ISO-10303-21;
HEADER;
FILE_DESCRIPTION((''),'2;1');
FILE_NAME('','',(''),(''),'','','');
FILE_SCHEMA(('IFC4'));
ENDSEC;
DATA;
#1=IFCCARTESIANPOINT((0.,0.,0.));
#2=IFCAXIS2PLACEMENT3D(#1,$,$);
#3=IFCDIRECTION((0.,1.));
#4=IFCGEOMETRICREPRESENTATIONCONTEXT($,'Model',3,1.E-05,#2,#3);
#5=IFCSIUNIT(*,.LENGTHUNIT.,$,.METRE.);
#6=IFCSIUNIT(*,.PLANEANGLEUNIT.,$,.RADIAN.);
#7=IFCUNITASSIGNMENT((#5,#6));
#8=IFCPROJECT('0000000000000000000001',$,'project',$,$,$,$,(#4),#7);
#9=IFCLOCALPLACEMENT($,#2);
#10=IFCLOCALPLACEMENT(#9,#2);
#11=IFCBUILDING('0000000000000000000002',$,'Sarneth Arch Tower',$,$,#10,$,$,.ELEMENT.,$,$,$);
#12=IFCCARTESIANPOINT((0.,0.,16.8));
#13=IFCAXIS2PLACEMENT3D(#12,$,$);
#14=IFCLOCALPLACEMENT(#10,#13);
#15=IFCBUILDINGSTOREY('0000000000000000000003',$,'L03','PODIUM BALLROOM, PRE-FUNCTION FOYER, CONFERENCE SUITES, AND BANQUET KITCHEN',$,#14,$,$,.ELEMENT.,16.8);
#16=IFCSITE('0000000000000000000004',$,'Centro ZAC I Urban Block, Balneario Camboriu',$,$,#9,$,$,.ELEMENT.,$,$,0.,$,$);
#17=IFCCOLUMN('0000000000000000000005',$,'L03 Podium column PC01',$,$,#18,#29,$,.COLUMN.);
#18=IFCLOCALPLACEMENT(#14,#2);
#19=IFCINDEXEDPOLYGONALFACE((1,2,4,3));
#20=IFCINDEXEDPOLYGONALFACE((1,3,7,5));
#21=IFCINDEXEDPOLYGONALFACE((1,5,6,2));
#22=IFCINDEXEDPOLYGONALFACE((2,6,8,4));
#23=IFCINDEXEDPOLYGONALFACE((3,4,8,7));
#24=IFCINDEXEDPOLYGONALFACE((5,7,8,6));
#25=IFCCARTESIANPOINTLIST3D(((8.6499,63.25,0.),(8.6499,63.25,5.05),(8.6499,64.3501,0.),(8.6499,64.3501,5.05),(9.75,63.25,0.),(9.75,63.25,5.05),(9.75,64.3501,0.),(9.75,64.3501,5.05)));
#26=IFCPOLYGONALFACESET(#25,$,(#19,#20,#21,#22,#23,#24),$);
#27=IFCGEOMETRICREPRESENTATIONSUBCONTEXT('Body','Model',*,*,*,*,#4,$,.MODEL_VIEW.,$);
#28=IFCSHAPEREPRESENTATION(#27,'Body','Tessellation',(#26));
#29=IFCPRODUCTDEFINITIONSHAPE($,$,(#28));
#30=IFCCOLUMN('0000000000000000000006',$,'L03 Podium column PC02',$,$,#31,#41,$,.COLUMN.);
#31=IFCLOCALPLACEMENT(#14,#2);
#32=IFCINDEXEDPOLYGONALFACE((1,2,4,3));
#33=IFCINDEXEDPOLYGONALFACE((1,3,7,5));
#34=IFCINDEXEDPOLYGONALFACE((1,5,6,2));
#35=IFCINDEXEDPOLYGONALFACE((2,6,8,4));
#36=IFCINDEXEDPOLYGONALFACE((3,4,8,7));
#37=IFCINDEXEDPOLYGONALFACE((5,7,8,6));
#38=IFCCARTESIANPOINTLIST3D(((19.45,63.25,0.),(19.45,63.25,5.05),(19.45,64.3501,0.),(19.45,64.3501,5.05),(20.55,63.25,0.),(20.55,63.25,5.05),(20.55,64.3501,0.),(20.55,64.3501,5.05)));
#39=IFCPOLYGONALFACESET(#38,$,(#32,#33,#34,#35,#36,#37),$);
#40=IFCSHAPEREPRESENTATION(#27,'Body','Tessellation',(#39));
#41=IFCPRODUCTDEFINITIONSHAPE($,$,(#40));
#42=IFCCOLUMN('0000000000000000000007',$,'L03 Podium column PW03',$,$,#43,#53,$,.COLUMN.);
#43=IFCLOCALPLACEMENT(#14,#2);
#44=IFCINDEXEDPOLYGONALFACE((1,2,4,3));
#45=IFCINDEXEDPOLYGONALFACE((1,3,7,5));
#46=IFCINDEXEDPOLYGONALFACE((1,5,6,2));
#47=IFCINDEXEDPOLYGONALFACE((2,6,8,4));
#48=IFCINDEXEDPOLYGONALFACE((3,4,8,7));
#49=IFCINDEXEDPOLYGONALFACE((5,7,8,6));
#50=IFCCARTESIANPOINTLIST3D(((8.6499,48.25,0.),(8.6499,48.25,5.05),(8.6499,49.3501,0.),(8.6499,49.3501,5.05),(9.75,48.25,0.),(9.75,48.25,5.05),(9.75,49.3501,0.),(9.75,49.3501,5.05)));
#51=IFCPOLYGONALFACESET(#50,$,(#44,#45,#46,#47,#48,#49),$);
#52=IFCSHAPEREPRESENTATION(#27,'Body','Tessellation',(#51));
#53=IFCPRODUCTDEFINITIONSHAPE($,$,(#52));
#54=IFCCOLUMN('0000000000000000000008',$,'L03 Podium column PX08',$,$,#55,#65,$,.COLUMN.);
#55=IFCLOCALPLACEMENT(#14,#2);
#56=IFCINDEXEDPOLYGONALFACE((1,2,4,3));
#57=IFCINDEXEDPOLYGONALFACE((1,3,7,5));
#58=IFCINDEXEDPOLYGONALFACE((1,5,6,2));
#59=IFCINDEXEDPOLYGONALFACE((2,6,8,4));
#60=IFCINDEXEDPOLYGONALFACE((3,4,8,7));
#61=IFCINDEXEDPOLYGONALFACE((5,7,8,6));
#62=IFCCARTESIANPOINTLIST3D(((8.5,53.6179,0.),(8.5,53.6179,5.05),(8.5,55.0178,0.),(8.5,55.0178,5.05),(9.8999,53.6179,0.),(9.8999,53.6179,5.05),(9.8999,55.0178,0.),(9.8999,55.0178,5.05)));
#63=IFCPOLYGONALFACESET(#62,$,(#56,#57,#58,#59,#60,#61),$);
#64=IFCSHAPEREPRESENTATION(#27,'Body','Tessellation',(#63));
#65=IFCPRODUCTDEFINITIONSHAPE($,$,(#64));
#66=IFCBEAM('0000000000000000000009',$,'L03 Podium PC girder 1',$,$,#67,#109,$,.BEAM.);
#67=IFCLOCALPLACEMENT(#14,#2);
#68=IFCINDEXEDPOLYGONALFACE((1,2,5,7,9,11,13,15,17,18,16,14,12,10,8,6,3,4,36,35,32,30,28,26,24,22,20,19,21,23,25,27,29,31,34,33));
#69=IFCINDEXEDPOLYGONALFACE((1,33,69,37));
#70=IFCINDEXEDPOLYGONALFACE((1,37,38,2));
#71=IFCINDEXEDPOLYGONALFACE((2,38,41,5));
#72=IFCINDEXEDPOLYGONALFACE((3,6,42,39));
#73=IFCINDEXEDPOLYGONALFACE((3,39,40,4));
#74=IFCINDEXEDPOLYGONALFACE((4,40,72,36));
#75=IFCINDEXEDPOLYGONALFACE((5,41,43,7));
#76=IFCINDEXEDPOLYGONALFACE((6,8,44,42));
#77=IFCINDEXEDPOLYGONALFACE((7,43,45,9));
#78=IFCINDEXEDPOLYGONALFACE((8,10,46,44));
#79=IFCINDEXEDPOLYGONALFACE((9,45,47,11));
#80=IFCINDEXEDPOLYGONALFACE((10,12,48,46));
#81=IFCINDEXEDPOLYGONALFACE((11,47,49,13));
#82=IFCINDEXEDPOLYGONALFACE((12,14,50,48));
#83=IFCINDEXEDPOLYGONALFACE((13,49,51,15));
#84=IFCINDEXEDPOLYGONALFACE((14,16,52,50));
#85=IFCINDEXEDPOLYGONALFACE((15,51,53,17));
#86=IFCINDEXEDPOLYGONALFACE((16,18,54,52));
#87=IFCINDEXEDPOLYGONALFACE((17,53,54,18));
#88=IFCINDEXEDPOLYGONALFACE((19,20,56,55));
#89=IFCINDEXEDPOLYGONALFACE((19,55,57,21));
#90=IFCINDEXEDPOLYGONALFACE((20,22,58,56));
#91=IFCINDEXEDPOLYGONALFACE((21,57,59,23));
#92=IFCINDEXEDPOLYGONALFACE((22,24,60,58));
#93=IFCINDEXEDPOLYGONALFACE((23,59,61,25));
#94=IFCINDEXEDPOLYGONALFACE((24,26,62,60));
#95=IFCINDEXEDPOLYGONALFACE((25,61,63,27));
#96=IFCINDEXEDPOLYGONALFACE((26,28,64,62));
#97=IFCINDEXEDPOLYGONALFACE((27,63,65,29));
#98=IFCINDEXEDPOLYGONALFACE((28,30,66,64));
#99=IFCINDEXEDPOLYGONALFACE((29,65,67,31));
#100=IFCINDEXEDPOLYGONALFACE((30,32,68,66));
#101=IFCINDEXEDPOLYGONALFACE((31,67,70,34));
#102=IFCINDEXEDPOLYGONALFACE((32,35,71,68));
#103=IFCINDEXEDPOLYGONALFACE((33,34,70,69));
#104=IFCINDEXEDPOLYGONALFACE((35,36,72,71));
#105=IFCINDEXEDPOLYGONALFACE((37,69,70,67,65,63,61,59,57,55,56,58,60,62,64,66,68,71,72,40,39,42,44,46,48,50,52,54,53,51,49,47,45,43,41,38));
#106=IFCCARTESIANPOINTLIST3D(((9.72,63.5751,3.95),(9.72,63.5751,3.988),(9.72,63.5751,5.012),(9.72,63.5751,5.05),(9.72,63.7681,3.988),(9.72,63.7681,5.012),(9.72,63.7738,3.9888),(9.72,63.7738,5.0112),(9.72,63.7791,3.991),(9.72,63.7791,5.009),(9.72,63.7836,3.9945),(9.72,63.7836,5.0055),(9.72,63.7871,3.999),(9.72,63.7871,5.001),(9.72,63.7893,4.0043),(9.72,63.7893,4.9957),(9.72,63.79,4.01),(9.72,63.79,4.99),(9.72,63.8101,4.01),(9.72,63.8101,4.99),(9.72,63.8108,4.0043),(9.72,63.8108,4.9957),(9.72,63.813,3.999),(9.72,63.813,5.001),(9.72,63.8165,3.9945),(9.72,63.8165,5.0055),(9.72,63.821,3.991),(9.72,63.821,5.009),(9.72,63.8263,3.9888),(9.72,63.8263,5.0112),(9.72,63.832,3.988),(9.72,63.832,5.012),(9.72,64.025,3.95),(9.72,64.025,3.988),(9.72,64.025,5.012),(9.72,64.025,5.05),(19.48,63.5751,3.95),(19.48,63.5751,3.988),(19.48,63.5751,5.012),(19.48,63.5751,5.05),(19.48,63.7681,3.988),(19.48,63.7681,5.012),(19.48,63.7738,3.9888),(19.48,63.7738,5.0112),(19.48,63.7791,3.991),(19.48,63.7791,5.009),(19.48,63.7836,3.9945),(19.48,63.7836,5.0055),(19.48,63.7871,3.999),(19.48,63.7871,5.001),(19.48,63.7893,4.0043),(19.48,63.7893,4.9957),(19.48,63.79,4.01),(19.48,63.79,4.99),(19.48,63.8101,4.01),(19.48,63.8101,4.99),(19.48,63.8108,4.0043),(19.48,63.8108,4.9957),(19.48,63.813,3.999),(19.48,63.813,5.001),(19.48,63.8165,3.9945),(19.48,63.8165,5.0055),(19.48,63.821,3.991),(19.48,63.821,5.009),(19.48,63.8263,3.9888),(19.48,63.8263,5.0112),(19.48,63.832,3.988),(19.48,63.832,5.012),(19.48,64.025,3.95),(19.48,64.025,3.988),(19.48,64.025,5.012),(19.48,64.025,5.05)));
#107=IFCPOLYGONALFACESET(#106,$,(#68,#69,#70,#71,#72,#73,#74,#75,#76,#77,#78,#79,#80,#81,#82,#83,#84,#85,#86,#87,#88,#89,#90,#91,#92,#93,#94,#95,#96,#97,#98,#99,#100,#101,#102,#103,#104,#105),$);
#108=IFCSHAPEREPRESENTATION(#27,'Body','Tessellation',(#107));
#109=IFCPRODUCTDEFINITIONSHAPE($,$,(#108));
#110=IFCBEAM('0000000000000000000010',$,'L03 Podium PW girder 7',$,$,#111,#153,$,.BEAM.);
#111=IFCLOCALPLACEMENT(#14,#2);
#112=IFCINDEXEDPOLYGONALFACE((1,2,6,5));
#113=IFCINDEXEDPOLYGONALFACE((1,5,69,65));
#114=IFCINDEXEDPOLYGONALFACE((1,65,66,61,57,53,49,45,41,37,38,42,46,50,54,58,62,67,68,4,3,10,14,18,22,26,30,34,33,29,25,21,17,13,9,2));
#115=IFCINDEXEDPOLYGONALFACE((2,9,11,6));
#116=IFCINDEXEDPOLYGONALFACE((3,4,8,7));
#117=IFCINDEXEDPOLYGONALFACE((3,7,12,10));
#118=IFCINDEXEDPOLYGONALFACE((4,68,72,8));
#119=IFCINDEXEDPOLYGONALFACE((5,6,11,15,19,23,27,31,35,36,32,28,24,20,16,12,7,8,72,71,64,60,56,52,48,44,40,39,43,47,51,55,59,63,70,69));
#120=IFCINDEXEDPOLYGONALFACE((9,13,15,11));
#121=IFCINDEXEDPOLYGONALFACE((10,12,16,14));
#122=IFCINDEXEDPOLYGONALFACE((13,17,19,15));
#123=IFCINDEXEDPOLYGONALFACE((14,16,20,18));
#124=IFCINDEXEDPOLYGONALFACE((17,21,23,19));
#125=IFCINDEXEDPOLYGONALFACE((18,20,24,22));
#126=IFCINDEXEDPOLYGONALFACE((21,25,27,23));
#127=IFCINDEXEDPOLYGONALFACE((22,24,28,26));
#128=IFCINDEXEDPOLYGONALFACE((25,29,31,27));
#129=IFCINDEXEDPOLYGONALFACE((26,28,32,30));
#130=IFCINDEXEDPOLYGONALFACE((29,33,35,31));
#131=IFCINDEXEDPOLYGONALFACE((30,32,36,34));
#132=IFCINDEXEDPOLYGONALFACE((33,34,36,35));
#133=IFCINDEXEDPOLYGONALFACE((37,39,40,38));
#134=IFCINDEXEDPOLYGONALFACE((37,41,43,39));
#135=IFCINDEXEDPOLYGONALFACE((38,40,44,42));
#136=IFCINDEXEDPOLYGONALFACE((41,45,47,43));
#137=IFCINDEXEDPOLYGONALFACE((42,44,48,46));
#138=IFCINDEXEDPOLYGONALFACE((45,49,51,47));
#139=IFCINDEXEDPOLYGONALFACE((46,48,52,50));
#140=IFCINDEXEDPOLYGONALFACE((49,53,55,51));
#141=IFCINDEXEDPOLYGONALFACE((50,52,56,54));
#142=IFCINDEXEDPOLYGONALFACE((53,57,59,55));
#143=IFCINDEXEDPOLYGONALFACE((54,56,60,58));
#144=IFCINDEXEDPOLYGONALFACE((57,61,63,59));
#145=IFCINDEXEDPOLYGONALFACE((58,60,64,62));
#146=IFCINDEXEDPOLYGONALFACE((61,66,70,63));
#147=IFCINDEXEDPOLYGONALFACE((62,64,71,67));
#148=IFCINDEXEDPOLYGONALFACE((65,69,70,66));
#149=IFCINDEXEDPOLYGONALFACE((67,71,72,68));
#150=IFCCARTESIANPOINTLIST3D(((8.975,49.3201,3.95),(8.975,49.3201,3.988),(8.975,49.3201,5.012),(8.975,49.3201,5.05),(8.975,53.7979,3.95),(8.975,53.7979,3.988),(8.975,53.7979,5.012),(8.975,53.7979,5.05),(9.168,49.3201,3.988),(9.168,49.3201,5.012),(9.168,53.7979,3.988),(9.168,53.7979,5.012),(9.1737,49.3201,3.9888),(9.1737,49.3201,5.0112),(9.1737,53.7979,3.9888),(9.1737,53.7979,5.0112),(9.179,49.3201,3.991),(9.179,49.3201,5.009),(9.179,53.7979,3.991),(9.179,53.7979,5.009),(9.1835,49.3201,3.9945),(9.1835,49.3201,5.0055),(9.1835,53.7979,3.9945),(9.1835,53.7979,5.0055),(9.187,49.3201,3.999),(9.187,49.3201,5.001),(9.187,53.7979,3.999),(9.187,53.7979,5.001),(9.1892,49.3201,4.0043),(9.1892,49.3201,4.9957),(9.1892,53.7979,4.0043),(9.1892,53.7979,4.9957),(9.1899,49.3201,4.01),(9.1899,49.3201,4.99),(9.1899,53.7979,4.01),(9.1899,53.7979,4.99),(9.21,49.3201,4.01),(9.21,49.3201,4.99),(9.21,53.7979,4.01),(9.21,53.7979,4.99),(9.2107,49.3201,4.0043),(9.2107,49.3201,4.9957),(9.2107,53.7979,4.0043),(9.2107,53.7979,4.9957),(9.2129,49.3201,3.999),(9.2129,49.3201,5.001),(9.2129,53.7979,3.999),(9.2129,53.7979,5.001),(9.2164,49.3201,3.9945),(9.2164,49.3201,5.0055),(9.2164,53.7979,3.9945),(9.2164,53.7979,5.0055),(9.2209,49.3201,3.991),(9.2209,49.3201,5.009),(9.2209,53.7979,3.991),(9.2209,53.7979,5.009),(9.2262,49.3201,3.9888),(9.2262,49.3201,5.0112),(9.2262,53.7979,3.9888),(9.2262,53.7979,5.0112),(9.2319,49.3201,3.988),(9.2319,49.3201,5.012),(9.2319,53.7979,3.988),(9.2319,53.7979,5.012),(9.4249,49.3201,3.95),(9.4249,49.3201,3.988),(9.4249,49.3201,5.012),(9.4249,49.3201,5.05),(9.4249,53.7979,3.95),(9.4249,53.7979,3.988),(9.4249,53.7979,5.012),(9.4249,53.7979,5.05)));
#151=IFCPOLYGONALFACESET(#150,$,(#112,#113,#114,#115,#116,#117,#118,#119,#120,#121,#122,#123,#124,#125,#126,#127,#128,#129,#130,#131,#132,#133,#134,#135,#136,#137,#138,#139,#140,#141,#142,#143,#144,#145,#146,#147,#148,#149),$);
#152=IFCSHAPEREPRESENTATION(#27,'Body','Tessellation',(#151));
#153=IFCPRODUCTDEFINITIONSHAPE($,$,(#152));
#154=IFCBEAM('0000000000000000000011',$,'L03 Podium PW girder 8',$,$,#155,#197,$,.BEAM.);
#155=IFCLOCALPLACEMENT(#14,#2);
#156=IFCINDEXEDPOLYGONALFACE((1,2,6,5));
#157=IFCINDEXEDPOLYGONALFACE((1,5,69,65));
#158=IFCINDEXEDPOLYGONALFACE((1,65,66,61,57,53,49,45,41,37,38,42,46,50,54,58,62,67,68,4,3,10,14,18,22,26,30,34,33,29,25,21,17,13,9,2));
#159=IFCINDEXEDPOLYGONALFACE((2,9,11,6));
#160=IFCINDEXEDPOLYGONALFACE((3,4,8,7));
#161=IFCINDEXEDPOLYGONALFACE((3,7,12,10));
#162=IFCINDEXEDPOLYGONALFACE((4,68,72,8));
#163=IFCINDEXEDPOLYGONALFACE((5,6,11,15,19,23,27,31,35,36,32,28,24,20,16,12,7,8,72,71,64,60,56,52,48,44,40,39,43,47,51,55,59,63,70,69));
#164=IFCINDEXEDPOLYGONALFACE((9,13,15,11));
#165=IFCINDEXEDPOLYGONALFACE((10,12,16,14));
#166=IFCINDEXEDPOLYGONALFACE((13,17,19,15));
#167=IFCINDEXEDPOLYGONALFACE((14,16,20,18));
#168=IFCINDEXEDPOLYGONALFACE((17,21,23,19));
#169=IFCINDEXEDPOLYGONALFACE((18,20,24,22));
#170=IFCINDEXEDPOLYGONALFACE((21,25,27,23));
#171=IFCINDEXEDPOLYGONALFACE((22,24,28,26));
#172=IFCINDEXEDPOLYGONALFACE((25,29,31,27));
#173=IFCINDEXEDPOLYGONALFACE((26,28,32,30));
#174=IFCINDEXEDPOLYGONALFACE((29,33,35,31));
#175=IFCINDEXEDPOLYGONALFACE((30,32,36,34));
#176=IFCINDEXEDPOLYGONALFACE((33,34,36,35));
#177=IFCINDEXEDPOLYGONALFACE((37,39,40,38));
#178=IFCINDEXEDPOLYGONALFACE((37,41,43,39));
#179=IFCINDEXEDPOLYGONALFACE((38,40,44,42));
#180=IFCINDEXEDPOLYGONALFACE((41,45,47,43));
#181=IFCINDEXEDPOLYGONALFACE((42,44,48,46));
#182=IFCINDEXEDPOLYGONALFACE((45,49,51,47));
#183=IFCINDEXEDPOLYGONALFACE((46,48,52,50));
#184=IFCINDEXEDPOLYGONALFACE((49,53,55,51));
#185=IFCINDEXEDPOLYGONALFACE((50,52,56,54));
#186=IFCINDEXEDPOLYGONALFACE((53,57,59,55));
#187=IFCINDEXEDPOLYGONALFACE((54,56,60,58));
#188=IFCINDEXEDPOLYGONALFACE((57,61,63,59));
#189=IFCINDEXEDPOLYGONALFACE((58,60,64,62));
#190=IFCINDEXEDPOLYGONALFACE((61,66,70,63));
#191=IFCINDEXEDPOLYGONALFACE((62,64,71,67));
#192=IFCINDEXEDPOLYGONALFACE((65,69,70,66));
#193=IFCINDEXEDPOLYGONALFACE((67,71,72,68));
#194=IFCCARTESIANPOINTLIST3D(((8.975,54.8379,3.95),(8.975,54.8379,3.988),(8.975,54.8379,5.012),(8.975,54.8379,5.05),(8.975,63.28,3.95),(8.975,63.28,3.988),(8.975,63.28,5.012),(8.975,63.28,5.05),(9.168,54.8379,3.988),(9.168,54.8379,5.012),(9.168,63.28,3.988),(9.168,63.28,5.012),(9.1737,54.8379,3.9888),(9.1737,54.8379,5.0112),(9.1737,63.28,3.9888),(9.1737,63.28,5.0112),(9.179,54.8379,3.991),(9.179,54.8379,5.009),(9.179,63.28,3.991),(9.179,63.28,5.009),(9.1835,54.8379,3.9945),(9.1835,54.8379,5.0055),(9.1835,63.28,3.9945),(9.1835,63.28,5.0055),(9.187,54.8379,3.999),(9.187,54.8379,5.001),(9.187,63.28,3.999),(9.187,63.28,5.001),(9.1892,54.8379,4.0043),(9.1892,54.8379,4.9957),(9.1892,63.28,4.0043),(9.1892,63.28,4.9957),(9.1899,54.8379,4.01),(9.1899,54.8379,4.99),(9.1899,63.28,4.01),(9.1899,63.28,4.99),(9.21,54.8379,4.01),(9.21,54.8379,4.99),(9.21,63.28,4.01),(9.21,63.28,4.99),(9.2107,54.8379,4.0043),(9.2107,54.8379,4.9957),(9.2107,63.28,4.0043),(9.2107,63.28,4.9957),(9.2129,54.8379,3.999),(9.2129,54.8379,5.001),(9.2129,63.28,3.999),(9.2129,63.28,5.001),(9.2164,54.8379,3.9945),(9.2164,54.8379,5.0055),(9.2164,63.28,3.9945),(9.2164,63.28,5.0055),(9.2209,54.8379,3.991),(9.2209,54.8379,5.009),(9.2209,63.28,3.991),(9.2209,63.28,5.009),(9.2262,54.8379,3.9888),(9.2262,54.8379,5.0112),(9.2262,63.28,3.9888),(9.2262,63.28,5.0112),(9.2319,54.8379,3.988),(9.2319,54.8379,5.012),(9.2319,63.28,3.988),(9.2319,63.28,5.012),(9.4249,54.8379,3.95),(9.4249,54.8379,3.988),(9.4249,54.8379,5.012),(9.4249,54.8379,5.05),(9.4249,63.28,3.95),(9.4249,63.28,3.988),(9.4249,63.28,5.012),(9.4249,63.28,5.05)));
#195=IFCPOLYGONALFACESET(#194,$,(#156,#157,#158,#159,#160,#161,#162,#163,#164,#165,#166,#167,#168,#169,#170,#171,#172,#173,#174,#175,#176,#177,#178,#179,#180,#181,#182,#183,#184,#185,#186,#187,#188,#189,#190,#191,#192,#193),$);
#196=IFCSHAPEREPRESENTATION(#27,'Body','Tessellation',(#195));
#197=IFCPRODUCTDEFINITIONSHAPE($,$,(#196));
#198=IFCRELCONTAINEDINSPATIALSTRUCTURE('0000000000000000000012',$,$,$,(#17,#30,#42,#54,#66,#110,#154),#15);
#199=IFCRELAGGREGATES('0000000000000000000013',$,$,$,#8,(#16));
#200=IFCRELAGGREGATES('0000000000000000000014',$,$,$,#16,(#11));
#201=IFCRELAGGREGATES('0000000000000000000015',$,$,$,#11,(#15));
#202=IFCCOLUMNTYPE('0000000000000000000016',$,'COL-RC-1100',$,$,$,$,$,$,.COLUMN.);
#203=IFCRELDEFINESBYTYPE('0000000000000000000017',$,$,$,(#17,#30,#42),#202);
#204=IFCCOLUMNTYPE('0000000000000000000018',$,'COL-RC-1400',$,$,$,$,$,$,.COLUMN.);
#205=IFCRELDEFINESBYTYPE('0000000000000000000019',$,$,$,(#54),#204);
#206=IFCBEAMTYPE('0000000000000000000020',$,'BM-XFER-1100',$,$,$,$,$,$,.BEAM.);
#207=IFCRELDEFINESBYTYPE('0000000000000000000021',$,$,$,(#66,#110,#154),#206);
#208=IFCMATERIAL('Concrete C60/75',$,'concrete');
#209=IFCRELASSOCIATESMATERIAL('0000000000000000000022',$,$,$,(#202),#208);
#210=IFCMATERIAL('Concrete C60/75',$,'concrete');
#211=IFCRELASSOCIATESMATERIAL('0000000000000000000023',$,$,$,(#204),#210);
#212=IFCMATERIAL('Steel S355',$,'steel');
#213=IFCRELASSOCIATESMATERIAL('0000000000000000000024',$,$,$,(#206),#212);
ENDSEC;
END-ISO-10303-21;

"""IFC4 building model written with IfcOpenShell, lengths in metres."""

from ifc_helpers import new_model, si_unit, direction, frame, origin, origin_2d, place, context, subcontext, project, spatial, rectangle, i_section, extrude, material, material_profile, profile_set, type_object, element, save


model = new_model("IFC4")

# Units and contexts
model_context = context("Model", 3, precision=1e-05, world=origin(), true_north=direction((0.0, 1.0)))
body_context = subcontext(model_context, "Body", "Model", "MODEL_VIEW")
ifc_project = project(units=[si_unit("LENGTHUNIT", "METRE"), si_unit("PLANEANGLEUNIT", "RADIAN")], contexts=[model_context])

# Site, building, storey
site_placement = place(None, origin())
site = spatial("IfcSite", under=ifc_project, at=site_placement, Name="Centro ZAC I Urban Block, Balneario Camboriu", CompositionType="ELEMENT", RefElevation=0.0)
building_placement = place(site_placement, origin())
building = spatial("IfcBuilding", under=site, at=building_placement, Name="Sarneth Arch Tower", CompositionType="ELEMENT")
storey_placement = place(building_placement, frame((0.0, 0.0, 16.8)))
storey = spatial("IfcBuildingStorey", under=building, at=storey_placement, Name="L03", Description="PODIUM BALLROOM, PRE-FUNCTION FOYER, CONFERENCE SUITES, AND BANQUET KITCHEN", CompositionType="ELEMENT", Elevation=16.8)

# Columns
ifc_material_1 = material(Name="Concrete C60/75", Category="concrete")
ifc_material_profile_1 = material_profile(ifc_material_1, rectangle(XDim=1.1001, YDim=1.1001, at=origin_2d()), Name="RC-1100x1100")
ifc_profile_set_1 = profile_set([ifc_material_profile_1], Name="Concrete C60/75")
column_type_1 = type_object("IfcColumnType", Name="COL-RC-1100", PredefinedType="COLUMN", material=ifc_profile_set_1)
for number, where, z_axis, x_axis, name in (
    (1, (9.2, 63.8, 0.0), (0.0, 0.0, 1.0), (1.0, 0.0, 0.0), "L03 Podium column PC01"),
    (2, (20.0, 63.8, 0.0), (0.0, 0.0, 1.0), (1.0, 0.0, 0.0), "L03 Podium column PC02"),
    (3, (9.2, 48.8, 0.0), (0.0, 0.0, 1.0), (1.0, 0.0, 0.0), "L03 Podium column PW03"),
):
    element("IfcColumn", number, at=place(storey_placement, frame(where, z_axis=z_axis, x_axis=x_axis)), inside=storey, type_object=column_type_1, Name=name, PredefinedType="COLUMN", context=body_context, shape_type="SweptSolid", body=[
        extrude(rectangle(XDim=1.1001, YDim=1.1001, at=origin_2d()), origin(), (0.0, 0.0, 1.0), 5.05),
    ])
ifc_material_2 = material(Name="Concrete C60/75", Category="concrete")
ifc_material_profile_2 = material_profile(ifc_material_2, rectangle(XDim=1.3999, YDim=1.3999, at=origin_2d()), Name="RC-1400x1400")
ifc_profile_set_2 = profile_set([ifc_material_profile_2], Name="Concrete C60/75")
column_type_2 = type_object("IfcColumnType", Name="COL-RC-1400", PredefinedType="COLUMN", material=ifc_profile_set_2)
column_placement = place(storey_placement, frame((9.2, 54.3179, 0.0), z_axis=(0.0, 0.0, 1.0), x_axis=(1.0, 0.0, 0.0)))
element("IfcColumn", 4, at=column_placement, inside=storey, type_object=column_type_2, Name="L03 Podium column PX08", PredefinedType="COLUMN", context=body_context, shape_type="SweptSolid", body=[
    extrude(rectangle(XDim=1.3999, YDim=1.3999, at=origin_2d()), origin(), (0.0, 0.0, 1.0), 5.05),
])

# Beams
ifc_material_3 = material(Name="Steel S355", Category="steel")
ifc_material_profile_3 = material_profile(ifc_material_3, i_section(OverallWidth=0.45, OverallDepth=1.1001, WebThickness=0.02, FlangeThickness=0.0381, FilletRadius=0.022, at=origin_2d()), Name="CVS1100x456")
ifc_profile_set_3 = profile_set([ifc_material_profile_3], Name="Steel S355")
beam_type = type_object("IfcBeamType", Name="BM-XFER-1100", PredefinedType="BEAM", material=ifc_profile_set_3)
beam_1_placement = place(storey_placement, frame((9.72, 63.8, 4.5), z_axis=(1.0, 0.0, 0.0), x_axis=(0.0, 1.0, 0.0)))
element("IfcBeam", 5, at=beam_1_placement, inside=storey, type_object=beam_type, Name="L03 Podium PC girder 1", PredefinedType="BEAM", context=body_context, shape_type="SweptSolid", body=[
    extrude(i_section(OverallWidth=0.45, OverallDepth=1.1001, WebThickness=0.02, FlangeThickness=0.0381, FilletRadius=0.022, at=origin_2d()), origin(), (0.0, 0.0, 1.0), 9.76),
])
beam_2_placement = place(storey_placement, frame((9.2, 49.3201, 4.5), z_axis=(0.0, 1.0, 0.0), x_axis=(-1.0, 0.0, 0.0)))
element("IfcBeam", 6, at=beam_2_placement, inside=storey, type_object=beam_type, Name="L03 Podium PW girder 7", PredefinedType="BEAM", context=body_context, shape_type="SweptSolid", body=[
    extrude(i_section(OverallWidth=0.45, OverallDepth=1.1001, WebThickness=0.02, FlangeThickness=0.0381, FilletRadius=0.022, at=origin_2d()), origin(), (0.0, 0.0, 1.0), 4.4778),
])
beam_3_placement = place(storey_placement, frame((9.2, 54.8379, 4.5), z_axis=(0.0, 1.0, 0.0), x_axis=(-1.0, 0.0, 0.0)))
element("IfcBeam", 7, at=beam_3_placement, inside=storey, type_object=beam_type, Name="L03 Podium PW girder 8", PredefinedType="BEAM", context=body_context, shape_type="SweptSolid", body=[
    extrude(i_section(OverallWidth=0.45, OverallDepth=1.1001, WebThickness=0.02, FlangeThickness=0.0381, FilletRadius=0.022, at=origin_2d()), origin(), (0.0, 0.0, 1.0), 8.4421),
])

save(model, "model.ifc")
